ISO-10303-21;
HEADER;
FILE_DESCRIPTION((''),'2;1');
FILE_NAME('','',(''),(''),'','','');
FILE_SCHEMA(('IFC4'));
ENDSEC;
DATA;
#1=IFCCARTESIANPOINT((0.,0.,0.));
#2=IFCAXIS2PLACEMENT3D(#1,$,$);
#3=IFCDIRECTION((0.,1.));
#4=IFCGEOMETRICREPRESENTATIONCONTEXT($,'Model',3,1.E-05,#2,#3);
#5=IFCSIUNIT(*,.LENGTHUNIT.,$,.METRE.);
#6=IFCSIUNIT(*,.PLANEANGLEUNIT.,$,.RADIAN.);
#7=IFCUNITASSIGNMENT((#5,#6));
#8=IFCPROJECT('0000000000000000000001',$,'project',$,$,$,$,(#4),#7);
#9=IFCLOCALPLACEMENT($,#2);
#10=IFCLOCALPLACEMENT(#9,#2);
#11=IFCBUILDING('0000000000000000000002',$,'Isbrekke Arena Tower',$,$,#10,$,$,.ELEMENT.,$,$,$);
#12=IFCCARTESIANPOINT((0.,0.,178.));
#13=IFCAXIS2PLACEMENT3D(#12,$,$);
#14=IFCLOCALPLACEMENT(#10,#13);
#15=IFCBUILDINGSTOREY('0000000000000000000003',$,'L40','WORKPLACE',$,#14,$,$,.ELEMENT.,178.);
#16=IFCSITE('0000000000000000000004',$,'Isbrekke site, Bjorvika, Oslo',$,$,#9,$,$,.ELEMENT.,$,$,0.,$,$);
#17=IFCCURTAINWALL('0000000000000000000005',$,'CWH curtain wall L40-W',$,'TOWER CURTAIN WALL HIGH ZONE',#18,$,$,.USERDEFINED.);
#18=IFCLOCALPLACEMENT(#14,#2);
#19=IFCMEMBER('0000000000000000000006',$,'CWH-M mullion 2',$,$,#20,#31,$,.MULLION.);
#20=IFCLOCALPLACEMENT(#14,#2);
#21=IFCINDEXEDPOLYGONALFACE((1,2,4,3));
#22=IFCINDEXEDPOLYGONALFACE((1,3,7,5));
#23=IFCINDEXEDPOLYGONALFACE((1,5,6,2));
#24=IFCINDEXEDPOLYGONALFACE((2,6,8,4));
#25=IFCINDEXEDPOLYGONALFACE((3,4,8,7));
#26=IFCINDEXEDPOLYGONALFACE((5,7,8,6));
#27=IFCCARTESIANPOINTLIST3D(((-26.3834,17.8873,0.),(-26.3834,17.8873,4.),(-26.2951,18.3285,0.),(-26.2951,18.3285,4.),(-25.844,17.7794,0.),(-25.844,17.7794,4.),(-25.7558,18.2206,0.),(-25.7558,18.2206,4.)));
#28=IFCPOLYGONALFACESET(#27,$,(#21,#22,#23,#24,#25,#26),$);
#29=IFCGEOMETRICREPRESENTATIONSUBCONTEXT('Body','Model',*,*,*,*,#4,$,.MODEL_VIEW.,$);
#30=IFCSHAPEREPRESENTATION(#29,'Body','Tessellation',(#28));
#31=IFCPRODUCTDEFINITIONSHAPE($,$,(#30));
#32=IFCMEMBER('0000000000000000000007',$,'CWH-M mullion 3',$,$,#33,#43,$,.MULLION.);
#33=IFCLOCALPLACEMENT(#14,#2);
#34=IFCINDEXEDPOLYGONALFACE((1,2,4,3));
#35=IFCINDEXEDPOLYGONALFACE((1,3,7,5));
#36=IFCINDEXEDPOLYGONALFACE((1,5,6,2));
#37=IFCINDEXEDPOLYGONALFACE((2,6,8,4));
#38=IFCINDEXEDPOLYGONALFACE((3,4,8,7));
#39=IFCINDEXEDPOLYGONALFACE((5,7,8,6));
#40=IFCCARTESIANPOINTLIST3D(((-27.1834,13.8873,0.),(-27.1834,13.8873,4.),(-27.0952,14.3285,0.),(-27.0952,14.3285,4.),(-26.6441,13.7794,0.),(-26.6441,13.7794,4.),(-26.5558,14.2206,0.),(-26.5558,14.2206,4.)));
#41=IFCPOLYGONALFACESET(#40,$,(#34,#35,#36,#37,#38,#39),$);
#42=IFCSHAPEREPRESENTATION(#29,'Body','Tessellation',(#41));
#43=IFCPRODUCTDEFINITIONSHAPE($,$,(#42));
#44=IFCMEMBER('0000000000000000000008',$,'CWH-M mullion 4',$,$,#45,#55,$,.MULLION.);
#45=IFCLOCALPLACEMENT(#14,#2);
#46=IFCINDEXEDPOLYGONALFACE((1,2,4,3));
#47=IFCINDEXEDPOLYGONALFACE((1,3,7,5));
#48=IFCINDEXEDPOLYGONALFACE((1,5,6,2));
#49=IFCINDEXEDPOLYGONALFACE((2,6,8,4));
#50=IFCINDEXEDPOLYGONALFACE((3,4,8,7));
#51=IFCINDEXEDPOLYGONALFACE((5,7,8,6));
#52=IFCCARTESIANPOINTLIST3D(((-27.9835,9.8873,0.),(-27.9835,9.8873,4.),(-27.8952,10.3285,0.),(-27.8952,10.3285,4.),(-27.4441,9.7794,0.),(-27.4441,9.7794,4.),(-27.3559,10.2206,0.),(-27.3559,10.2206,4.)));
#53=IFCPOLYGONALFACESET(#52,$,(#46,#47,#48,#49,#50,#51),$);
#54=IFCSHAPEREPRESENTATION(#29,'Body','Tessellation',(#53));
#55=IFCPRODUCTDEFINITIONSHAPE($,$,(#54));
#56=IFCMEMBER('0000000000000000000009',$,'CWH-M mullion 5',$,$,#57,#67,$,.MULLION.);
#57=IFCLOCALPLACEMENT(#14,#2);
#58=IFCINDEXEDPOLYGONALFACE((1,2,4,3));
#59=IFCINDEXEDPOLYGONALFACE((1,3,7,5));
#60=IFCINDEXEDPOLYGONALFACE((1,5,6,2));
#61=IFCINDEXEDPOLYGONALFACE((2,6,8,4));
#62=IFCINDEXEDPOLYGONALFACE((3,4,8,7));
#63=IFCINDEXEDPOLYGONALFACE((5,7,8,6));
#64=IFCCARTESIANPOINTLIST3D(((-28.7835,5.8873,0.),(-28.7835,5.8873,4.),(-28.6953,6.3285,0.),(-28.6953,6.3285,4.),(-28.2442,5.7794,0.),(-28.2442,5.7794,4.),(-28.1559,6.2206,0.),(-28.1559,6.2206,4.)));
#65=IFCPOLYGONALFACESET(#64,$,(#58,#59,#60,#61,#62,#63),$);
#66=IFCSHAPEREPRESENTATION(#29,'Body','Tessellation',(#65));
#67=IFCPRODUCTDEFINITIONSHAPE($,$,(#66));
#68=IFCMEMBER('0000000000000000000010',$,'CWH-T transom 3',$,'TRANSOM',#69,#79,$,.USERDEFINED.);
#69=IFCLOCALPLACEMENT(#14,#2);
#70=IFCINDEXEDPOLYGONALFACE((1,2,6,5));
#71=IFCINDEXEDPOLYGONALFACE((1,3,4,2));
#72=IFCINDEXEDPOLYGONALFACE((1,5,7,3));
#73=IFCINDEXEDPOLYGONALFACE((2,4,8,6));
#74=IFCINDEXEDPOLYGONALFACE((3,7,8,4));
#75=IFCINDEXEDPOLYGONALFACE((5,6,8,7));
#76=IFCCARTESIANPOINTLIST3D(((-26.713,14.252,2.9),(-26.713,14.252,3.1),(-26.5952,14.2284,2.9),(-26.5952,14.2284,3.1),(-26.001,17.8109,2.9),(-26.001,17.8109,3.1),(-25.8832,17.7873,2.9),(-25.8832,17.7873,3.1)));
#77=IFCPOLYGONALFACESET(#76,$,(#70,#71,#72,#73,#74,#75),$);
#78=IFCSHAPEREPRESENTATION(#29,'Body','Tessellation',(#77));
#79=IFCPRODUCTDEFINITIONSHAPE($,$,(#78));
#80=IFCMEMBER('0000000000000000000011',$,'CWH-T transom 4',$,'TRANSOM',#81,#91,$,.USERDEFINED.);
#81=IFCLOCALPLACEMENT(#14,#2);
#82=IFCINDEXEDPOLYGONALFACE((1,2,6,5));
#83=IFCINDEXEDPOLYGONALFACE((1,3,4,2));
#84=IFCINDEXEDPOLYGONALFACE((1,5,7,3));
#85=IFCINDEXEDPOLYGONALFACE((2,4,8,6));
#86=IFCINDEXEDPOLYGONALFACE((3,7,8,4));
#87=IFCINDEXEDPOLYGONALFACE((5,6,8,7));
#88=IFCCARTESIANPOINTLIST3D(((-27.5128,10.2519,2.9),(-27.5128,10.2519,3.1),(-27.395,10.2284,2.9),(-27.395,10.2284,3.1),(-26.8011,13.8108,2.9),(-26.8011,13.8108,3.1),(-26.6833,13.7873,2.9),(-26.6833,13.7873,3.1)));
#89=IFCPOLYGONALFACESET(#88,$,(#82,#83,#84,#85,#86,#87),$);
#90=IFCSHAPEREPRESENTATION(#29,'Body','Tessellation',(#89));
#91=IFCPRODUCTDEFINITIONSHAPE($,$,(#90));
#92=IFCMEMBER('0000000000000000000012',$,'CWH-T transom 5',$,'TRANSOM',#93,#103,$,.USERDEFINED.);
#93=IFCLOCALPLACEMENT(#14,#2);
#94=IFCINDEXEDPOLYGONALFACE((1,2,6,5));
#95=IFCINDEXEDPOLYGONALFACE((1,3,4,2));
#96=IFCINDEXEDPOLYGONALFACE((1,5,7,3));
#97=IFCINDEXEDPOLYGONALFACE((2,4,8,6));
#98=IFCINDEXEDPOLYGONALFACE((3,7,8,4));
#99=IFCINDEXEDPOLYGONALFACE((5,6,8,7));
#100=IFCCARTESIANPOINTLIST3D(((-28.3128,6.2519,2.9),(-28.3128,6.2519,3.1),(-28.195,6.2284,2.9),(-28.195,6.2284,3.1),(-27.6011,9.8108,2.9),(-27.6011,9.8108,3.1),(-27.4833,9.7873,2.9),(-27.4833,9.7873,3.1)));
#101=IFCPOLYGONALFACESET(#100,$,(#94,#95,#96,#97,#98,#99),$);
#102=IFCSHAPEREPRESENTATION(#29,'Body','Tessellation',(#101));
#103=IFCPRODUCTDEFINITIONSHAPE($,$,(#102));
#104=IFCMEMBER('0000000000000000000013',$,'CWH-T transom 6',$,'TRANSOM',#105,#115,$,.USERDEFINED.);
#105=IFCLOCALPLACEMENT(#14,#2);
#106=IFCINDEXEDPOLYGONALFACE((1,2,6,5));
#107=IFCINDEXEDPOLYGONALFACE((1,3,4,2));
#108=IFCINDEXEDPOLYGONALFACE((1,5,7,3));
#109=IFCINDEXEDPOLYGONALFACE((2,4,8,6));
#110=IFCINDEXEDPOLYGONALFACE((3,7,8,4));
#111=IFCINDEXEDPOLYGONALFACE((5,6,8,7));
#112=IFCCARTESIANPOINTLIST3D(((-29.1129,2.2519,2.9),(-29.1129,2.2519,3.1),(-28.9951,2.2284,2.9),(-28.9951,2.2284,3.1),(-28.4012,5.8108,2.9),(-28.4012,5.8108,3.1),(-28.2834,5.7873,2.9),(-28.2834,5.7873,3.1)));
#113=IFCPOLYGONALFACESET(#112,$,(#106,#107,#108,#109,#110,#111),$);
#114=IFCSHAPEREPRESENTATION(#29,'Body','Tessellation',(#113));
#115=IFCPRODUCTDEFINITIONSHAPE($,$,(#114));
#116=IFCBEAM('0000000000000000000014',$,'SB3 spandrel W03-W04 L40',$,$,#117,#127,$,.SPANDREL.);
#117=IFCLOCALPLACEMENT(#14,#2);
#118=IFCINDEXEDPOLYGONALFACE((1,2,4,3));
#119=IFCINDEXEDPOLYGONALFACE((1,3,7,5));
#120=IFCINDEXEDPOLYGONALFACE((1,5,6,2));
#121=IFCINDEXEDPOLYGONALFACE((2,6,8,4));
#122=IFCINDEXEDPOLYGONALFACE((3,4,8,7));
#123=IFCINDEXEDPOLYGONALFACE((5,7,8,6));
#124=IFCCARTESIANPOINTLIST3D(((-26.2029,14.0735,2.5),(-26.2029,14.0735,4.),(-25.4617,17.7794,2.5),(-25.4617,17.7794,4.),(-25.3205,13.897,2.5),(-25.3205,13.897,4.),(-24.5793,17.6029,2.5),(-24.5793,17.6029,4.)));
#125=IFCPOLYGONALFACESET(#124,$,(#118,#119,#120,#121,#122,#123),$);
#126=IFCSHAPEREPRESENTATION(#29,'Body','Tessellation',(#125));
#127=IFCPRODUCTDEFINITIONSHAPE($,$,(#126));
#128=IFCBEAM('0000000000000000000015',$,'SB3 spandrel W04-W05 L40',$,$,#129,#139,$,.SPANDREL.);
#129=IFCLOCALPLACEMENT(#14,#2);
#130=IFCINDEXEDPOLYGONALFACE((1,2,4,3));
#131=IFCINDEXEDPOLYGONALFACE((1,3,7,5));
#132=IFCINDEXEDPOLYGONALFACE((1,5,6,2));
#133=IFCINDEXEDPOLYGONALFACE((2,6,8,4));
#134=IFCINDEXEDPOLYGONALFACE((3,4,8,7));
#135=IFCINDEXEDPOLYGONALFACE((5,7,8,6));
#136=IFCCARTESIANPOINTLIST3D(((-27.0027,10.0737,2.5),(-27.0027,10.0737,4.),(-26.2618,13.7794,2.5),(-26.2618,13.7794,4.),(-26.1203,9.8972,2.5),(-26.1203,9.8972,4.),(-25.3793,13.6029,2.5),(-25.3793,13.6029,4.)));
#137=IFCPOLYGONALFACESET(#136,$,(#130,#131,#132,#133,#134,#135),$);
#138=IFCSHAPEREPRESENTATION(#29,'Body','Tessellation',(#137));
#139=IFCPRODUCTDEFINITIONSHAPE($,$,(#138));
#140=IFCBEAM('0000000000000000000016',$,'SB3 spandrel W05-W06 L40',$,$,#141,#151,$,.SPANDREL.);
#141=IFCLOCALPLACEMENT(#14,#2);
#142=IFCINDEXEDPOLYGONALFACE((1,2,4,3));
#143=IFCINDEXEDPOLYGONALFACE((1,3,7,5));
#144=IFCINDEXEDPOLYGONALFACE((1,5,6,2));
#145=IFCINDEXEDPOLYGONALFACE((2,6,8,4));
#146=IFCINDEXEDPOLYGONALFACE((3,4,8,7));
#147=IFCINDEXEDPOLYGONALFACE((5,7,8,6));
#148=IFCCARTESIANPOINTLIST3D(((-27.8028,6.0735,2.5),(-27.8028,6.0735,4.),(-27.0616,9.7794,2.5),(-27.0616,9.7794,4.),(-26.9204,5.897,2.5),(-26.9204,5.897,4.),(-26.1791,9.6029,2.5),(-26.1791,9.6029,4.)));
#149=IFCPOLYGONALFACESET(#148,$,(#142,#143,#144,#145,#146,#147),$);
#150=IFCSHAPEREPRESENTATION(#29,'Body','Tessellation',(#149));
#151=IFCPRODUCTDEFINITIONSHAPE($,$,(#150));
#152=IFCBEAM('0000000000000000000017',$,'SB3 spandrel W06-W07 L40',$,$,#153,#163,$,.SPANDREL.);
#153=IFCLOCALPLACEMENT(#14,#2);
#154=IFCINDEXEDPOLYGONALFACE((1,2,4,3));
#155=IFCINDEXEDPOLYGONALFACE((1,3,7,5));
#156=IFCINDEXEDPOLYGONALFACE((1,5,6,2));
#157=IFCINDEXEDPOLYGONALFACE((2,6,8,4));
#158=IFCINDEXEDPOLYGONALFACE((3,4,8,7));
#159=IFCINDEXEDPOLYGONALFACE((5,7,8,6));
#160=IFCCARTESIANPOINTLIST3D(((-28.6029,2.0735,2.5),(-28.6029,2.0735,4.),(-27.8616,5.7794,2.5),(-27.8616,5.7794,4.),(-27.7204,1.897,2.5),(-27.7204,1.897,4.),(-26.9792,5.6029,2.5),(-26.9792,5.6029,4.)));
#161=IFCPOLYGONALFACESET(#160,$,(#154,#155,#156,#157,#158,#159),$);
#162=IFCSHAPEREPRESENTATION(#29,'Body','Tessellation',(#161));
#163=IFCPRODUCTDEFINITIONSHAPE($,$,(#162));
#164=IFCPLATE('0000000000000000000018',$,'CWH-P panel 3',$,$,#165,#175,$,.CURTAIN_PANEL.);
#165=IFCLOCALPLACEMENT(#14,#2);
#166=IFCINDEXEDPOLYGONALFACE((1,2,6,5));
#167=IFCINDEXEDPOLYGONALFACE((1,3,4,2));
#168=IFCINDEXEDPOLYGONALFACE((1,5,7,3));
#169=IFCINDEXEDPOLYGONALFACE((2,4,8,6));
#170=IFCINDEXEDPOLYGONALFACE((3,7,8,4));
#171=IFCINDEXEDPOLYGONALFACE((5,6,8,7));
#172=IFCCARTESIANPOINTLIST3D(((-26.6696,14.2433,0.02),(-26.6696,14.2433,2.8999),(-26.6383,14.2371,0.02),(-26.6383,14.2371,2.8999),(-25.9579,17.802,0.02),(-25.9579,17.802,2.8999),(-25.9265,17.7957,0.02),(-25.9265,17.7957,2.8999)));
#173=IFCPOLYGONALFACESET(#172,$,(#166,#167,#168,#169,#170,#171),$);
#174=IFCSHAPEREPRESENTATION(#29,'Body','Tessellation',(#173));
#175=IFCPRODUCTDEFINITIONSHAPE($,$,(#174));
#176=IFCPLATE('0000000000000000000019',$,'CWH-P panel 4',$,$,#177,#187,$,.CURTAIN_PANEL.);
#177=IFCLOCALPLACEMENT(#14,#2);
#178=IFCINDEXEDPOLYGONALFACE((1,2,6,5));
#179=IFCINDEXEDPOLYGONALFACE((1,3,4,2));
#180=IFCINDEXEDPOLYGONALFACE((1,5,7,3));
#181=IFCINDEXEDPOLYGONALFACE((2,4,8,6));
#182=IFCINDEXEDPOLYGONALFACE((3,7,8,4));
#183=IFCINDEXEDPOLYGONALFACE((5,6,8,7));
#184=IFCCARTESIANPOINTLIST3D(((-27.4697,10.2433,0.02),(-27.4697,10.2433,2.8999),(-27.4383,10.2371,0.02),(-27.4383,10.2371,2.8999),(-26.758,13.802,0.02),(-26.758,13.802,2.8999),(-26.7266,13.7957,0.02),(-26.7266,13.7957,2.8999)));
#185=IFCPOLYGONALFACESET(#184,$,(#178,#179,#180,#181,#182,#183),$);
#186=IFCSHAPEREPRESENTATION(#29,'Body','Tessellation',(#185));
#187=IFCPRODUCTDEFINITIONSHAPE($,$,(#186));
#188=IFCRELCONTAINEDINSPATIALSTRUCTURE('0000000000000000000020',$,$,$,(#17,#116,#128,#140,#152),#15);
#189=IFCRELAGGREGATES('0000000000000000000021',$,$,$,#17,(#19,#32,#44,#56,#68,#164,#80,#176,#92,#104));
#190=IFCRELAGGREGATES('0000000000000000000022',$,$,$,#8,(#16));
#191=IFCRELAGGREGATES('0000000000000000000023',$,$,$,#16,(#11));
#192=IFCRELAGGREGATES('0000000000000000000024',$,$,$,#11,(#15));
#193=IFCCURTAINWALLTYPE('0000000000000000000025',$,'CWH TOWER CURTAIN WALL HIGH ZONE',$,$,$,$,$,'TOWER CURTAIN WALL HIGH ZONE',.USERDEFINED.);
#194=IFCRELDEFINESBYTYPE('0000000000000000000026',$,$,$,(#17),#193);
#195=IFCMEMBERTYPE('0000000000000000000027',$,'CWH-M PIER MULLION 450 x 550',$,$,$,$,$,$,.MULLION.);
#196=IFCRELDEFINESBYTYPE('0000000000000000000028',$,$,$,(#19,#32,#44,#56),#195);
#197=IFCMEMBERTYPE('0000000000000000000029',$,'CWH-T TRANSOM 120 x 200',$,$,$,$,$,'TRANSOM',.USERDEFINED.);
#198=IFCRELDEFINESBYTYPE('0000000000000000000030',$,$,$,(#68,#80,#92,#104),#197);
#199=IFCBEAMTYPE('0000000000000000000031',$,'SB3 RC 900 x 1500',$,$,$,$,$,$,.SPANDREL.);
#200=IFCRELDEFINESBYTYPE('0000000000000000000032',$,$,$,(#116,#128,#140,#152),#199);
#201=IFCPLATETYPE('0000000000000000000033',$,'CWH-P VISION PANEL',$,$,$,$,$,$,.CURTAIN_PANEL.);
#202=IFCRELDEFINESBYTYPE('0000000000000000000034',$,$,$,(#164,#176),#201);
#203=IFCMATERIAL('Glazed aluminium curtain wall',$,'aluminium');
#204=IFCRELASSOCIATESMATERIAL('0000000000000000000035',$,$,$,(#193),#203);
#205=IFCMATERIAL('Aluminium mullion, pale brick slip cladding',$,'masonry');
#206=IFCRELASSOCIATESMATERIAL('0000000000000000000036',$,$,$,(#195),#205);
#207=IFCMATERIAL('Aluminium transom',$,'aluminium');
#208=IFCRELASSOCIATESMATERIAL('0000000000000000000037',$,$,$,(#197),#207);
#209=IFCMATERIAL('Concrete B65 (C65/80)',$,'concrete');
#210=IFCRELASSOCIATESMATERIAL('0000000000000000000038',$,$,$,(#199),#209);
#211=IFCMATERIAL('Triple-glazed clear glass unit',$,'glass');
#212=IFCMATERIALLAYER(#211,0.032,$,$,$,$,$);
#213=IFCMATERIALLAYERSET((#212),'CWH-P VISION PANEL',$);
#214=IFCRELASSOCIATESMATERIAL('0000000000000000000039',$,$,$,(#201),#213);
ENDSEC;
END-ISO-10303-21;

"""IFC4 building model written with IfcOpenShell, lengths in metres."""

from ifc_helpers import new_model, si_unit, direction, frame, origin, origin_2d, place, context, subcontext, project, spatial, rectangle, extrude, material, layer, layer_set, material_profile, profile_set, type_object, element, aggregate, save


model = new_model("IFC4")

# Units and contexts
model_context = context("Model", 3, precision=1e-05, world=origin(), true_north=direction((0.0, 1.0)))
body_context = subcontext(model_context, "Body", "Model", "MODEL_VIEW")
ifc_project = project(units=[si_unit("LENGTHUNIT", "METRE"), si_unit("PLANEANGLEUNIT", "RADIAN")], contexts=[model_context])

# Site, building, storey
site_placement = place(None, origin())
site = spatial("IfcSite", under=ifc_project, at=site_placement, Name="Isbrekke site, Bjorvika, Oslo", CompositionType="ELEMENT", RefElevation=0.0)
building_placement = place(site_placement, origin())
building = spatial("IfcBuilding", under=site, at=building_placement, Name="Isbrekke Arena Tower", CompositionType="ELEMENT")
storey_placement = place(building_placement, frame((0.0, 0.0, 178.0)))
storey = spatial("IfcBuildingStorey", under=building, at=storey_placement, Name="L40", Description="WORKPLACE", CompositionType="ELEMENT", Elevation=178.0)

# Curtain wall, members
ifc_material_1 = material(Name="Glazed aluminium curtain wall", Category="aluminium")
curtain_wall_type = type_object("IfcCurtainWallType", Name="CWH TOWER CURTAIN WALL HIGH ZONE", ElementType="TOWER CURTAIN WALL HIGH ZONE", PredefinedType="USERDEFINED", material=ifc_material_1)
curtain_wall_placement = place(storey_placement, origin())
curtain_wall = element("IfcCurtainWall", 1, at=curtain_wall_placement, inside=storey, type_object=curtain_wall_type, Name="CWH curtain wall L40-W", ObjectType="TOWER CURTAIN WALL HIGH ZONE", PredefinedType="USERDEFINED")
ifc_material_2 = material(Name="Aluminium mullion, pale brick slip cladding", Category="masonry")
ifc_material_profile_1 = material_profile(ifc_material_2, rectangle(XDim=0.45, YDim=0.55, at=origin_2d()), Name="PIER 450X550")
ifc_profile_set_1 = profile_set([ifc_material_profile_1], Name="Aluminium mullion, pale brick slip cladding")
member_type_1 = type_object("IfcMemberType", Name="CWH-M PIER MULLION 450 x 550", PredefinedType="MULLION", material=ifc_profile_set_1)
member_1_placement = place(storey_placement, frame((-26.0696, 18.054, 0.0), z_axis=(0.0, 0.0, 1.0), x_axis=(-0.196116, -0.980581, 0.0)))
member_1 = element("IfcMember", 2, at=member_1_placement, type_object=member_type_1, Name="CWH-M mullion 2", PredefinedType="MULLION", context=body_context, shape_type="SweptSolid", body=[
    extrude(rectangle(XDim=0.45, YDim=0.55, at=origin_2d()), origin(), (0.0, 0.0, 1.0), 4.0),
])
member_2_placement = place(storey_placement, frame((-26.8696, 14.054, 0.0), z_axis=(0.0, 0.0, 1.0), x_axis=(-0.196116, -0.980581, 0.0)))
member_2 = element("IfcMember", 3, at=member_2_placement, type_object=member_type_1, Name="CWH-M mullion 3", PredefinedType="MULLION", context=body_context, shape_type="SweptSolid", body=[
    extrude(rectangle(XDim=0.45, YDim=0.55, at=origin_2d()), origin(), (0.0, 0.0, 1.0), 4.0),
])
member_3_placement = place(storey_placement, frame((-27.6697, 10.054, 0.0), z_axis=(0.0, 0.0, 1.0), x_axis=(-0.196116, -0.980581, 0.0)))
member_3 = element("IfcMember", 4, at=member_3_placement, type_object=member_type_1, Name="CWH-M mullion 4", PredefinedType="MULLION", context=body_context, shape_type="SweptSolid", body=[
    extrude(rectangle(XDim=0.45, YDim=0.55, at=origin_2d()), origin(), (0.0, 0.0, 1.0), 4.0),
])
member_4_placement = place(storey_placement, frame((-28.4697, 6.054, 0.0), z_axis=(0.0, 0.0, 1.0), x_axis=(-0.196116, -0.980581, 0.0)))
member_4 = element("IfcMember", 5, at=member_4_placement, type_object=member_type_1, Name="CWH-M mullion 5", PredefinedType="MULLION", context=body_context, shape_type="SweptSolid", body=[
    extrude(rectangle(XDim=0.45, YDim=0.55, at=origin_2d()), origin(), (0.0, 0.0, 1.0), 4.0),
])
ifc_material_3 = material(Name="Aluminium transom", Category="aluminium")
ifc_material_profile_2 = material_profile(ifc_material_3, rectangle(XDim=0.1201, YDim=0.2, at=origin_2d()), Name="TRANSOM 120X200")
ifc_profile_set_2 = profile_set([ifc_material_profile_2], Name="Aluminium transom")
member_type_2 = type_object("IfcMemberType", Name="CWH-T TRANSOM 120 x 200", ElementType="TRANSOM", PredefinedType="USERDEFINED", material=ifc_profile_set_2)
member_5_placement = place(storey_placement, frame((-25.9421, 17.7991, 3.0), z_axis=(-0.196155, -0.980573, 0.0), x_axis=(0.980573, -0.196155, 0.0)))
member_5 = element("IfcMember", 6, at=member_5_placement, type_object=member_type_2, Name="CWH-T transom 3", ObjectType="TRANSOM", PredefinedType="USERDEFINED", context=body_context, shape_type="SweptSolid", body=[
    extrude(rectangle(XDim=0.1201, YDim=0.2, at=origin_2d()), origin(), (0.0, 0.0, 1.0), 3.6294),
])
member_6_placement = place(storey_placement, frame((-26.7422, 13.7991, 3.0), z_axis=(-0.19609, -0.980586, 0.0), x_axis=(0.980586, -0.19609, 0.0)))
member_6 = element("IfcMember", 7, at=member_6_placement, type_object=member_type_2, Name="CWH-T transom 4", ObjectType="TRANSOM", PredefinedType="USERDEFINED", context=body_context, shape_type="SweptSolid", body=[
    extrude(rectangle(XDim=0.1201, YDim=0.2, at=origin_2d()), origin(), (0.0, 0.0, 1.0), 3.6294),
])
member_7_placement = place(storey_placement, frame((-27.5422, 9.7991, 3.0), z_axis=(-0.19609, -0.980586, 0.0), x_axis=(0.980586, -0.19609, 0.0)))
member_7 = element("IfcMember", 8, at=member_7_placement, type_object=member_type_2, Name="CWH-T transom 5", ObjectType="TRANSOM", PredefinedType="USERDEFINED", context=body_context, shape_type="SweptSolid", body=[
    extrude(rectangle(XDim=0.1201, YDim=0.2, at=origin_2d()), origin(), (0.0, 0.0, 1.0), 3.6294),
])
member_8_placement = place(storey_placement, frame((-28.3423, 5.7991, 3.0), z_axis=(-0.19609, -0.980586, 0.0), x_axis=(0.980586, -0.19609, 0.0)))
member_8 = element("IfcMember", 9, at=member_8_placement, type_object=member_type_2, Name="CWH-T transom 6", ObjectType="TRANSOM", PredefinedType="USERDEFINED", context=body_context, shape_type="SweptSolid", body=[
    extrude(rectangle(XDim=0.1201, YDim=0.2, at=origin_2d()), origin(), (0.0, 0.0, 1.0), 3.6294),
])

# Beams
ifc_material_4 = material(Name="Concrete B65 (C65/80)", Category="concrete")
ifc_material_profile_3 = material_profile(ifc_material_4, rectangle(XDim=0.8999, YDim=1.5, at=origin_2d()), Name="RC 900x1500")
ifc_profile_set_3 = profile_set([ifc_material_profile_3], Name="Concrete B65 (C65/80)")
beam_type_1 = type_object("IfcBeamType", Name="SB3 RC 900 x 1500", PredefinedType="SPANDREL", material=ifc_profile_set_3)
beam_1_placement = place(storey_placement, frame((-25.0205, 17.6912, 3.25), z_axis=(-0.196129, -0.980578, 0.0), x_axis=(0.980578, -0.196129, 0.0)))
element("IfcBeam", 10, at=beam_1_placement, inside=storey, type_object=beam_type_1, Name="SB3 spandrel W03-W04 L40", PredefinedType="SPANDREL", context=body_context, shape_type="SweptSolid", body=[
    extrude(rectangle(XDim=0.8999, YDim=1.5, at=origin_2d()), origin(), (0.0, 0.0, 1.0), 3.7793),
])
beam_2_placement = place(storey_placement, frame((-25.8206, 13.6912, 3.25), z_axis=(-0.196066, -0.980591, 0.0), x_axis=(0.980591, -0.196066, 0.0)))
element("IfcBeam", 11, at=beam_2_placement, inside=storey, type_object=beam_type_1, Name="SB3 spandrel W04-W05 L40", PredefinedType="SPANDREL", context=body_context, shape_type="SweptSolid", body=[
    extrude(rectangle(XDim=0.8999, YDim=1.5, at=origin_2d()), origin(), (0.0, 0.0, 1.0), 3.7791),
])
for number, where, z_axis, x_axis, name in (
    (12, (-26.6204, 9.6912, 3.25), (-0.196129, -0.980578, 0.0), (0.980578, -0.196129, 0.0), "SB3 spandrel W05-W06 L40"),
    (13, (-27.4204, 5.6912, 3.25), (-0.196129, -0.980578, 0.0), (0.980578, -0.196129, 0.0), "SB3 spandrel W06-W07 L40"),
):
    element("IfcBeam", number, at=place(storey_placement, frame(where, z_axis=z_axis, x_axis=x_axis)), inside=storey, type_object=beam_type_1, Name=name, PredefinedType="SPANDREL", context=body_context, shape_type="SweptSolid", body=[
        extrude(rectangle(XDim=0.8999, YDim=1.5, at=origin_2d()), origin(), (0.0, 0.0, 1.0), 3.7793),
    ])

# Plates
ifc_material_5 = material(Name="Triple-glazed clear glass unit", Category="glass")
ifc_layer_1 = layer(ifc_material_5, 0.032)
ifc_layer_set_1 = layer_set([ifc_layer_1], Name="CWH-P VISION PANEL")
plate_type = type_object("IfcPlateType", Name="CWH-P VISION PANEL", PredefinedType="CURTAIN_PANEL", material=ifc_layer_set_1)
plate_1_placement = place(storey_placement, frame((-26.2981, 16.0195, 0.02), z_axis=(0.0, 0.0, 1.0), x_axis=(-0.196116, -0.980581, 0.0)))
plate_1 = element("IfcPlate", 14, at=plate_1_placement, type_object=plate_type, Name="CWH-P panel 3", PredefinedType="CURTAIN_PANEL", context=body_context, shape_type="SweptSolid", body=[
    extrude(rectangle(XDim=3.6292, YDim=0.032, at=origin_2d()), origin(), (0.0, 0.0, 1.0), 2.8799),
])
plate_2_placement = place(storey_placement, frame((-27.0981, 12.0195, 0.02), z_axis=(0.0, 0.0, 1.0), x_axis=(-0.196116, -0.980581, 0.0)))
plate_2 = element("IfcPlate", 15, at=plate_2_placement, type_object=plate_type, Name="CWH-P panel 4", PredefinedType="CURTAIN_PANEL", context=body_context, shape_type="SweptSolid", body=[
    extrude(rectangle(XDim=3.6292, YDim=0.032, at=origin_2d()), origin(), (0.0, 0.0, 1.0), 2.8799),
])
aggregate(curtain_wall, [member_1, member_2, member_3, member_4, member_5, plate_1, member_6, plate_2, member_7, member_8])

save(model, "model.ifc")
